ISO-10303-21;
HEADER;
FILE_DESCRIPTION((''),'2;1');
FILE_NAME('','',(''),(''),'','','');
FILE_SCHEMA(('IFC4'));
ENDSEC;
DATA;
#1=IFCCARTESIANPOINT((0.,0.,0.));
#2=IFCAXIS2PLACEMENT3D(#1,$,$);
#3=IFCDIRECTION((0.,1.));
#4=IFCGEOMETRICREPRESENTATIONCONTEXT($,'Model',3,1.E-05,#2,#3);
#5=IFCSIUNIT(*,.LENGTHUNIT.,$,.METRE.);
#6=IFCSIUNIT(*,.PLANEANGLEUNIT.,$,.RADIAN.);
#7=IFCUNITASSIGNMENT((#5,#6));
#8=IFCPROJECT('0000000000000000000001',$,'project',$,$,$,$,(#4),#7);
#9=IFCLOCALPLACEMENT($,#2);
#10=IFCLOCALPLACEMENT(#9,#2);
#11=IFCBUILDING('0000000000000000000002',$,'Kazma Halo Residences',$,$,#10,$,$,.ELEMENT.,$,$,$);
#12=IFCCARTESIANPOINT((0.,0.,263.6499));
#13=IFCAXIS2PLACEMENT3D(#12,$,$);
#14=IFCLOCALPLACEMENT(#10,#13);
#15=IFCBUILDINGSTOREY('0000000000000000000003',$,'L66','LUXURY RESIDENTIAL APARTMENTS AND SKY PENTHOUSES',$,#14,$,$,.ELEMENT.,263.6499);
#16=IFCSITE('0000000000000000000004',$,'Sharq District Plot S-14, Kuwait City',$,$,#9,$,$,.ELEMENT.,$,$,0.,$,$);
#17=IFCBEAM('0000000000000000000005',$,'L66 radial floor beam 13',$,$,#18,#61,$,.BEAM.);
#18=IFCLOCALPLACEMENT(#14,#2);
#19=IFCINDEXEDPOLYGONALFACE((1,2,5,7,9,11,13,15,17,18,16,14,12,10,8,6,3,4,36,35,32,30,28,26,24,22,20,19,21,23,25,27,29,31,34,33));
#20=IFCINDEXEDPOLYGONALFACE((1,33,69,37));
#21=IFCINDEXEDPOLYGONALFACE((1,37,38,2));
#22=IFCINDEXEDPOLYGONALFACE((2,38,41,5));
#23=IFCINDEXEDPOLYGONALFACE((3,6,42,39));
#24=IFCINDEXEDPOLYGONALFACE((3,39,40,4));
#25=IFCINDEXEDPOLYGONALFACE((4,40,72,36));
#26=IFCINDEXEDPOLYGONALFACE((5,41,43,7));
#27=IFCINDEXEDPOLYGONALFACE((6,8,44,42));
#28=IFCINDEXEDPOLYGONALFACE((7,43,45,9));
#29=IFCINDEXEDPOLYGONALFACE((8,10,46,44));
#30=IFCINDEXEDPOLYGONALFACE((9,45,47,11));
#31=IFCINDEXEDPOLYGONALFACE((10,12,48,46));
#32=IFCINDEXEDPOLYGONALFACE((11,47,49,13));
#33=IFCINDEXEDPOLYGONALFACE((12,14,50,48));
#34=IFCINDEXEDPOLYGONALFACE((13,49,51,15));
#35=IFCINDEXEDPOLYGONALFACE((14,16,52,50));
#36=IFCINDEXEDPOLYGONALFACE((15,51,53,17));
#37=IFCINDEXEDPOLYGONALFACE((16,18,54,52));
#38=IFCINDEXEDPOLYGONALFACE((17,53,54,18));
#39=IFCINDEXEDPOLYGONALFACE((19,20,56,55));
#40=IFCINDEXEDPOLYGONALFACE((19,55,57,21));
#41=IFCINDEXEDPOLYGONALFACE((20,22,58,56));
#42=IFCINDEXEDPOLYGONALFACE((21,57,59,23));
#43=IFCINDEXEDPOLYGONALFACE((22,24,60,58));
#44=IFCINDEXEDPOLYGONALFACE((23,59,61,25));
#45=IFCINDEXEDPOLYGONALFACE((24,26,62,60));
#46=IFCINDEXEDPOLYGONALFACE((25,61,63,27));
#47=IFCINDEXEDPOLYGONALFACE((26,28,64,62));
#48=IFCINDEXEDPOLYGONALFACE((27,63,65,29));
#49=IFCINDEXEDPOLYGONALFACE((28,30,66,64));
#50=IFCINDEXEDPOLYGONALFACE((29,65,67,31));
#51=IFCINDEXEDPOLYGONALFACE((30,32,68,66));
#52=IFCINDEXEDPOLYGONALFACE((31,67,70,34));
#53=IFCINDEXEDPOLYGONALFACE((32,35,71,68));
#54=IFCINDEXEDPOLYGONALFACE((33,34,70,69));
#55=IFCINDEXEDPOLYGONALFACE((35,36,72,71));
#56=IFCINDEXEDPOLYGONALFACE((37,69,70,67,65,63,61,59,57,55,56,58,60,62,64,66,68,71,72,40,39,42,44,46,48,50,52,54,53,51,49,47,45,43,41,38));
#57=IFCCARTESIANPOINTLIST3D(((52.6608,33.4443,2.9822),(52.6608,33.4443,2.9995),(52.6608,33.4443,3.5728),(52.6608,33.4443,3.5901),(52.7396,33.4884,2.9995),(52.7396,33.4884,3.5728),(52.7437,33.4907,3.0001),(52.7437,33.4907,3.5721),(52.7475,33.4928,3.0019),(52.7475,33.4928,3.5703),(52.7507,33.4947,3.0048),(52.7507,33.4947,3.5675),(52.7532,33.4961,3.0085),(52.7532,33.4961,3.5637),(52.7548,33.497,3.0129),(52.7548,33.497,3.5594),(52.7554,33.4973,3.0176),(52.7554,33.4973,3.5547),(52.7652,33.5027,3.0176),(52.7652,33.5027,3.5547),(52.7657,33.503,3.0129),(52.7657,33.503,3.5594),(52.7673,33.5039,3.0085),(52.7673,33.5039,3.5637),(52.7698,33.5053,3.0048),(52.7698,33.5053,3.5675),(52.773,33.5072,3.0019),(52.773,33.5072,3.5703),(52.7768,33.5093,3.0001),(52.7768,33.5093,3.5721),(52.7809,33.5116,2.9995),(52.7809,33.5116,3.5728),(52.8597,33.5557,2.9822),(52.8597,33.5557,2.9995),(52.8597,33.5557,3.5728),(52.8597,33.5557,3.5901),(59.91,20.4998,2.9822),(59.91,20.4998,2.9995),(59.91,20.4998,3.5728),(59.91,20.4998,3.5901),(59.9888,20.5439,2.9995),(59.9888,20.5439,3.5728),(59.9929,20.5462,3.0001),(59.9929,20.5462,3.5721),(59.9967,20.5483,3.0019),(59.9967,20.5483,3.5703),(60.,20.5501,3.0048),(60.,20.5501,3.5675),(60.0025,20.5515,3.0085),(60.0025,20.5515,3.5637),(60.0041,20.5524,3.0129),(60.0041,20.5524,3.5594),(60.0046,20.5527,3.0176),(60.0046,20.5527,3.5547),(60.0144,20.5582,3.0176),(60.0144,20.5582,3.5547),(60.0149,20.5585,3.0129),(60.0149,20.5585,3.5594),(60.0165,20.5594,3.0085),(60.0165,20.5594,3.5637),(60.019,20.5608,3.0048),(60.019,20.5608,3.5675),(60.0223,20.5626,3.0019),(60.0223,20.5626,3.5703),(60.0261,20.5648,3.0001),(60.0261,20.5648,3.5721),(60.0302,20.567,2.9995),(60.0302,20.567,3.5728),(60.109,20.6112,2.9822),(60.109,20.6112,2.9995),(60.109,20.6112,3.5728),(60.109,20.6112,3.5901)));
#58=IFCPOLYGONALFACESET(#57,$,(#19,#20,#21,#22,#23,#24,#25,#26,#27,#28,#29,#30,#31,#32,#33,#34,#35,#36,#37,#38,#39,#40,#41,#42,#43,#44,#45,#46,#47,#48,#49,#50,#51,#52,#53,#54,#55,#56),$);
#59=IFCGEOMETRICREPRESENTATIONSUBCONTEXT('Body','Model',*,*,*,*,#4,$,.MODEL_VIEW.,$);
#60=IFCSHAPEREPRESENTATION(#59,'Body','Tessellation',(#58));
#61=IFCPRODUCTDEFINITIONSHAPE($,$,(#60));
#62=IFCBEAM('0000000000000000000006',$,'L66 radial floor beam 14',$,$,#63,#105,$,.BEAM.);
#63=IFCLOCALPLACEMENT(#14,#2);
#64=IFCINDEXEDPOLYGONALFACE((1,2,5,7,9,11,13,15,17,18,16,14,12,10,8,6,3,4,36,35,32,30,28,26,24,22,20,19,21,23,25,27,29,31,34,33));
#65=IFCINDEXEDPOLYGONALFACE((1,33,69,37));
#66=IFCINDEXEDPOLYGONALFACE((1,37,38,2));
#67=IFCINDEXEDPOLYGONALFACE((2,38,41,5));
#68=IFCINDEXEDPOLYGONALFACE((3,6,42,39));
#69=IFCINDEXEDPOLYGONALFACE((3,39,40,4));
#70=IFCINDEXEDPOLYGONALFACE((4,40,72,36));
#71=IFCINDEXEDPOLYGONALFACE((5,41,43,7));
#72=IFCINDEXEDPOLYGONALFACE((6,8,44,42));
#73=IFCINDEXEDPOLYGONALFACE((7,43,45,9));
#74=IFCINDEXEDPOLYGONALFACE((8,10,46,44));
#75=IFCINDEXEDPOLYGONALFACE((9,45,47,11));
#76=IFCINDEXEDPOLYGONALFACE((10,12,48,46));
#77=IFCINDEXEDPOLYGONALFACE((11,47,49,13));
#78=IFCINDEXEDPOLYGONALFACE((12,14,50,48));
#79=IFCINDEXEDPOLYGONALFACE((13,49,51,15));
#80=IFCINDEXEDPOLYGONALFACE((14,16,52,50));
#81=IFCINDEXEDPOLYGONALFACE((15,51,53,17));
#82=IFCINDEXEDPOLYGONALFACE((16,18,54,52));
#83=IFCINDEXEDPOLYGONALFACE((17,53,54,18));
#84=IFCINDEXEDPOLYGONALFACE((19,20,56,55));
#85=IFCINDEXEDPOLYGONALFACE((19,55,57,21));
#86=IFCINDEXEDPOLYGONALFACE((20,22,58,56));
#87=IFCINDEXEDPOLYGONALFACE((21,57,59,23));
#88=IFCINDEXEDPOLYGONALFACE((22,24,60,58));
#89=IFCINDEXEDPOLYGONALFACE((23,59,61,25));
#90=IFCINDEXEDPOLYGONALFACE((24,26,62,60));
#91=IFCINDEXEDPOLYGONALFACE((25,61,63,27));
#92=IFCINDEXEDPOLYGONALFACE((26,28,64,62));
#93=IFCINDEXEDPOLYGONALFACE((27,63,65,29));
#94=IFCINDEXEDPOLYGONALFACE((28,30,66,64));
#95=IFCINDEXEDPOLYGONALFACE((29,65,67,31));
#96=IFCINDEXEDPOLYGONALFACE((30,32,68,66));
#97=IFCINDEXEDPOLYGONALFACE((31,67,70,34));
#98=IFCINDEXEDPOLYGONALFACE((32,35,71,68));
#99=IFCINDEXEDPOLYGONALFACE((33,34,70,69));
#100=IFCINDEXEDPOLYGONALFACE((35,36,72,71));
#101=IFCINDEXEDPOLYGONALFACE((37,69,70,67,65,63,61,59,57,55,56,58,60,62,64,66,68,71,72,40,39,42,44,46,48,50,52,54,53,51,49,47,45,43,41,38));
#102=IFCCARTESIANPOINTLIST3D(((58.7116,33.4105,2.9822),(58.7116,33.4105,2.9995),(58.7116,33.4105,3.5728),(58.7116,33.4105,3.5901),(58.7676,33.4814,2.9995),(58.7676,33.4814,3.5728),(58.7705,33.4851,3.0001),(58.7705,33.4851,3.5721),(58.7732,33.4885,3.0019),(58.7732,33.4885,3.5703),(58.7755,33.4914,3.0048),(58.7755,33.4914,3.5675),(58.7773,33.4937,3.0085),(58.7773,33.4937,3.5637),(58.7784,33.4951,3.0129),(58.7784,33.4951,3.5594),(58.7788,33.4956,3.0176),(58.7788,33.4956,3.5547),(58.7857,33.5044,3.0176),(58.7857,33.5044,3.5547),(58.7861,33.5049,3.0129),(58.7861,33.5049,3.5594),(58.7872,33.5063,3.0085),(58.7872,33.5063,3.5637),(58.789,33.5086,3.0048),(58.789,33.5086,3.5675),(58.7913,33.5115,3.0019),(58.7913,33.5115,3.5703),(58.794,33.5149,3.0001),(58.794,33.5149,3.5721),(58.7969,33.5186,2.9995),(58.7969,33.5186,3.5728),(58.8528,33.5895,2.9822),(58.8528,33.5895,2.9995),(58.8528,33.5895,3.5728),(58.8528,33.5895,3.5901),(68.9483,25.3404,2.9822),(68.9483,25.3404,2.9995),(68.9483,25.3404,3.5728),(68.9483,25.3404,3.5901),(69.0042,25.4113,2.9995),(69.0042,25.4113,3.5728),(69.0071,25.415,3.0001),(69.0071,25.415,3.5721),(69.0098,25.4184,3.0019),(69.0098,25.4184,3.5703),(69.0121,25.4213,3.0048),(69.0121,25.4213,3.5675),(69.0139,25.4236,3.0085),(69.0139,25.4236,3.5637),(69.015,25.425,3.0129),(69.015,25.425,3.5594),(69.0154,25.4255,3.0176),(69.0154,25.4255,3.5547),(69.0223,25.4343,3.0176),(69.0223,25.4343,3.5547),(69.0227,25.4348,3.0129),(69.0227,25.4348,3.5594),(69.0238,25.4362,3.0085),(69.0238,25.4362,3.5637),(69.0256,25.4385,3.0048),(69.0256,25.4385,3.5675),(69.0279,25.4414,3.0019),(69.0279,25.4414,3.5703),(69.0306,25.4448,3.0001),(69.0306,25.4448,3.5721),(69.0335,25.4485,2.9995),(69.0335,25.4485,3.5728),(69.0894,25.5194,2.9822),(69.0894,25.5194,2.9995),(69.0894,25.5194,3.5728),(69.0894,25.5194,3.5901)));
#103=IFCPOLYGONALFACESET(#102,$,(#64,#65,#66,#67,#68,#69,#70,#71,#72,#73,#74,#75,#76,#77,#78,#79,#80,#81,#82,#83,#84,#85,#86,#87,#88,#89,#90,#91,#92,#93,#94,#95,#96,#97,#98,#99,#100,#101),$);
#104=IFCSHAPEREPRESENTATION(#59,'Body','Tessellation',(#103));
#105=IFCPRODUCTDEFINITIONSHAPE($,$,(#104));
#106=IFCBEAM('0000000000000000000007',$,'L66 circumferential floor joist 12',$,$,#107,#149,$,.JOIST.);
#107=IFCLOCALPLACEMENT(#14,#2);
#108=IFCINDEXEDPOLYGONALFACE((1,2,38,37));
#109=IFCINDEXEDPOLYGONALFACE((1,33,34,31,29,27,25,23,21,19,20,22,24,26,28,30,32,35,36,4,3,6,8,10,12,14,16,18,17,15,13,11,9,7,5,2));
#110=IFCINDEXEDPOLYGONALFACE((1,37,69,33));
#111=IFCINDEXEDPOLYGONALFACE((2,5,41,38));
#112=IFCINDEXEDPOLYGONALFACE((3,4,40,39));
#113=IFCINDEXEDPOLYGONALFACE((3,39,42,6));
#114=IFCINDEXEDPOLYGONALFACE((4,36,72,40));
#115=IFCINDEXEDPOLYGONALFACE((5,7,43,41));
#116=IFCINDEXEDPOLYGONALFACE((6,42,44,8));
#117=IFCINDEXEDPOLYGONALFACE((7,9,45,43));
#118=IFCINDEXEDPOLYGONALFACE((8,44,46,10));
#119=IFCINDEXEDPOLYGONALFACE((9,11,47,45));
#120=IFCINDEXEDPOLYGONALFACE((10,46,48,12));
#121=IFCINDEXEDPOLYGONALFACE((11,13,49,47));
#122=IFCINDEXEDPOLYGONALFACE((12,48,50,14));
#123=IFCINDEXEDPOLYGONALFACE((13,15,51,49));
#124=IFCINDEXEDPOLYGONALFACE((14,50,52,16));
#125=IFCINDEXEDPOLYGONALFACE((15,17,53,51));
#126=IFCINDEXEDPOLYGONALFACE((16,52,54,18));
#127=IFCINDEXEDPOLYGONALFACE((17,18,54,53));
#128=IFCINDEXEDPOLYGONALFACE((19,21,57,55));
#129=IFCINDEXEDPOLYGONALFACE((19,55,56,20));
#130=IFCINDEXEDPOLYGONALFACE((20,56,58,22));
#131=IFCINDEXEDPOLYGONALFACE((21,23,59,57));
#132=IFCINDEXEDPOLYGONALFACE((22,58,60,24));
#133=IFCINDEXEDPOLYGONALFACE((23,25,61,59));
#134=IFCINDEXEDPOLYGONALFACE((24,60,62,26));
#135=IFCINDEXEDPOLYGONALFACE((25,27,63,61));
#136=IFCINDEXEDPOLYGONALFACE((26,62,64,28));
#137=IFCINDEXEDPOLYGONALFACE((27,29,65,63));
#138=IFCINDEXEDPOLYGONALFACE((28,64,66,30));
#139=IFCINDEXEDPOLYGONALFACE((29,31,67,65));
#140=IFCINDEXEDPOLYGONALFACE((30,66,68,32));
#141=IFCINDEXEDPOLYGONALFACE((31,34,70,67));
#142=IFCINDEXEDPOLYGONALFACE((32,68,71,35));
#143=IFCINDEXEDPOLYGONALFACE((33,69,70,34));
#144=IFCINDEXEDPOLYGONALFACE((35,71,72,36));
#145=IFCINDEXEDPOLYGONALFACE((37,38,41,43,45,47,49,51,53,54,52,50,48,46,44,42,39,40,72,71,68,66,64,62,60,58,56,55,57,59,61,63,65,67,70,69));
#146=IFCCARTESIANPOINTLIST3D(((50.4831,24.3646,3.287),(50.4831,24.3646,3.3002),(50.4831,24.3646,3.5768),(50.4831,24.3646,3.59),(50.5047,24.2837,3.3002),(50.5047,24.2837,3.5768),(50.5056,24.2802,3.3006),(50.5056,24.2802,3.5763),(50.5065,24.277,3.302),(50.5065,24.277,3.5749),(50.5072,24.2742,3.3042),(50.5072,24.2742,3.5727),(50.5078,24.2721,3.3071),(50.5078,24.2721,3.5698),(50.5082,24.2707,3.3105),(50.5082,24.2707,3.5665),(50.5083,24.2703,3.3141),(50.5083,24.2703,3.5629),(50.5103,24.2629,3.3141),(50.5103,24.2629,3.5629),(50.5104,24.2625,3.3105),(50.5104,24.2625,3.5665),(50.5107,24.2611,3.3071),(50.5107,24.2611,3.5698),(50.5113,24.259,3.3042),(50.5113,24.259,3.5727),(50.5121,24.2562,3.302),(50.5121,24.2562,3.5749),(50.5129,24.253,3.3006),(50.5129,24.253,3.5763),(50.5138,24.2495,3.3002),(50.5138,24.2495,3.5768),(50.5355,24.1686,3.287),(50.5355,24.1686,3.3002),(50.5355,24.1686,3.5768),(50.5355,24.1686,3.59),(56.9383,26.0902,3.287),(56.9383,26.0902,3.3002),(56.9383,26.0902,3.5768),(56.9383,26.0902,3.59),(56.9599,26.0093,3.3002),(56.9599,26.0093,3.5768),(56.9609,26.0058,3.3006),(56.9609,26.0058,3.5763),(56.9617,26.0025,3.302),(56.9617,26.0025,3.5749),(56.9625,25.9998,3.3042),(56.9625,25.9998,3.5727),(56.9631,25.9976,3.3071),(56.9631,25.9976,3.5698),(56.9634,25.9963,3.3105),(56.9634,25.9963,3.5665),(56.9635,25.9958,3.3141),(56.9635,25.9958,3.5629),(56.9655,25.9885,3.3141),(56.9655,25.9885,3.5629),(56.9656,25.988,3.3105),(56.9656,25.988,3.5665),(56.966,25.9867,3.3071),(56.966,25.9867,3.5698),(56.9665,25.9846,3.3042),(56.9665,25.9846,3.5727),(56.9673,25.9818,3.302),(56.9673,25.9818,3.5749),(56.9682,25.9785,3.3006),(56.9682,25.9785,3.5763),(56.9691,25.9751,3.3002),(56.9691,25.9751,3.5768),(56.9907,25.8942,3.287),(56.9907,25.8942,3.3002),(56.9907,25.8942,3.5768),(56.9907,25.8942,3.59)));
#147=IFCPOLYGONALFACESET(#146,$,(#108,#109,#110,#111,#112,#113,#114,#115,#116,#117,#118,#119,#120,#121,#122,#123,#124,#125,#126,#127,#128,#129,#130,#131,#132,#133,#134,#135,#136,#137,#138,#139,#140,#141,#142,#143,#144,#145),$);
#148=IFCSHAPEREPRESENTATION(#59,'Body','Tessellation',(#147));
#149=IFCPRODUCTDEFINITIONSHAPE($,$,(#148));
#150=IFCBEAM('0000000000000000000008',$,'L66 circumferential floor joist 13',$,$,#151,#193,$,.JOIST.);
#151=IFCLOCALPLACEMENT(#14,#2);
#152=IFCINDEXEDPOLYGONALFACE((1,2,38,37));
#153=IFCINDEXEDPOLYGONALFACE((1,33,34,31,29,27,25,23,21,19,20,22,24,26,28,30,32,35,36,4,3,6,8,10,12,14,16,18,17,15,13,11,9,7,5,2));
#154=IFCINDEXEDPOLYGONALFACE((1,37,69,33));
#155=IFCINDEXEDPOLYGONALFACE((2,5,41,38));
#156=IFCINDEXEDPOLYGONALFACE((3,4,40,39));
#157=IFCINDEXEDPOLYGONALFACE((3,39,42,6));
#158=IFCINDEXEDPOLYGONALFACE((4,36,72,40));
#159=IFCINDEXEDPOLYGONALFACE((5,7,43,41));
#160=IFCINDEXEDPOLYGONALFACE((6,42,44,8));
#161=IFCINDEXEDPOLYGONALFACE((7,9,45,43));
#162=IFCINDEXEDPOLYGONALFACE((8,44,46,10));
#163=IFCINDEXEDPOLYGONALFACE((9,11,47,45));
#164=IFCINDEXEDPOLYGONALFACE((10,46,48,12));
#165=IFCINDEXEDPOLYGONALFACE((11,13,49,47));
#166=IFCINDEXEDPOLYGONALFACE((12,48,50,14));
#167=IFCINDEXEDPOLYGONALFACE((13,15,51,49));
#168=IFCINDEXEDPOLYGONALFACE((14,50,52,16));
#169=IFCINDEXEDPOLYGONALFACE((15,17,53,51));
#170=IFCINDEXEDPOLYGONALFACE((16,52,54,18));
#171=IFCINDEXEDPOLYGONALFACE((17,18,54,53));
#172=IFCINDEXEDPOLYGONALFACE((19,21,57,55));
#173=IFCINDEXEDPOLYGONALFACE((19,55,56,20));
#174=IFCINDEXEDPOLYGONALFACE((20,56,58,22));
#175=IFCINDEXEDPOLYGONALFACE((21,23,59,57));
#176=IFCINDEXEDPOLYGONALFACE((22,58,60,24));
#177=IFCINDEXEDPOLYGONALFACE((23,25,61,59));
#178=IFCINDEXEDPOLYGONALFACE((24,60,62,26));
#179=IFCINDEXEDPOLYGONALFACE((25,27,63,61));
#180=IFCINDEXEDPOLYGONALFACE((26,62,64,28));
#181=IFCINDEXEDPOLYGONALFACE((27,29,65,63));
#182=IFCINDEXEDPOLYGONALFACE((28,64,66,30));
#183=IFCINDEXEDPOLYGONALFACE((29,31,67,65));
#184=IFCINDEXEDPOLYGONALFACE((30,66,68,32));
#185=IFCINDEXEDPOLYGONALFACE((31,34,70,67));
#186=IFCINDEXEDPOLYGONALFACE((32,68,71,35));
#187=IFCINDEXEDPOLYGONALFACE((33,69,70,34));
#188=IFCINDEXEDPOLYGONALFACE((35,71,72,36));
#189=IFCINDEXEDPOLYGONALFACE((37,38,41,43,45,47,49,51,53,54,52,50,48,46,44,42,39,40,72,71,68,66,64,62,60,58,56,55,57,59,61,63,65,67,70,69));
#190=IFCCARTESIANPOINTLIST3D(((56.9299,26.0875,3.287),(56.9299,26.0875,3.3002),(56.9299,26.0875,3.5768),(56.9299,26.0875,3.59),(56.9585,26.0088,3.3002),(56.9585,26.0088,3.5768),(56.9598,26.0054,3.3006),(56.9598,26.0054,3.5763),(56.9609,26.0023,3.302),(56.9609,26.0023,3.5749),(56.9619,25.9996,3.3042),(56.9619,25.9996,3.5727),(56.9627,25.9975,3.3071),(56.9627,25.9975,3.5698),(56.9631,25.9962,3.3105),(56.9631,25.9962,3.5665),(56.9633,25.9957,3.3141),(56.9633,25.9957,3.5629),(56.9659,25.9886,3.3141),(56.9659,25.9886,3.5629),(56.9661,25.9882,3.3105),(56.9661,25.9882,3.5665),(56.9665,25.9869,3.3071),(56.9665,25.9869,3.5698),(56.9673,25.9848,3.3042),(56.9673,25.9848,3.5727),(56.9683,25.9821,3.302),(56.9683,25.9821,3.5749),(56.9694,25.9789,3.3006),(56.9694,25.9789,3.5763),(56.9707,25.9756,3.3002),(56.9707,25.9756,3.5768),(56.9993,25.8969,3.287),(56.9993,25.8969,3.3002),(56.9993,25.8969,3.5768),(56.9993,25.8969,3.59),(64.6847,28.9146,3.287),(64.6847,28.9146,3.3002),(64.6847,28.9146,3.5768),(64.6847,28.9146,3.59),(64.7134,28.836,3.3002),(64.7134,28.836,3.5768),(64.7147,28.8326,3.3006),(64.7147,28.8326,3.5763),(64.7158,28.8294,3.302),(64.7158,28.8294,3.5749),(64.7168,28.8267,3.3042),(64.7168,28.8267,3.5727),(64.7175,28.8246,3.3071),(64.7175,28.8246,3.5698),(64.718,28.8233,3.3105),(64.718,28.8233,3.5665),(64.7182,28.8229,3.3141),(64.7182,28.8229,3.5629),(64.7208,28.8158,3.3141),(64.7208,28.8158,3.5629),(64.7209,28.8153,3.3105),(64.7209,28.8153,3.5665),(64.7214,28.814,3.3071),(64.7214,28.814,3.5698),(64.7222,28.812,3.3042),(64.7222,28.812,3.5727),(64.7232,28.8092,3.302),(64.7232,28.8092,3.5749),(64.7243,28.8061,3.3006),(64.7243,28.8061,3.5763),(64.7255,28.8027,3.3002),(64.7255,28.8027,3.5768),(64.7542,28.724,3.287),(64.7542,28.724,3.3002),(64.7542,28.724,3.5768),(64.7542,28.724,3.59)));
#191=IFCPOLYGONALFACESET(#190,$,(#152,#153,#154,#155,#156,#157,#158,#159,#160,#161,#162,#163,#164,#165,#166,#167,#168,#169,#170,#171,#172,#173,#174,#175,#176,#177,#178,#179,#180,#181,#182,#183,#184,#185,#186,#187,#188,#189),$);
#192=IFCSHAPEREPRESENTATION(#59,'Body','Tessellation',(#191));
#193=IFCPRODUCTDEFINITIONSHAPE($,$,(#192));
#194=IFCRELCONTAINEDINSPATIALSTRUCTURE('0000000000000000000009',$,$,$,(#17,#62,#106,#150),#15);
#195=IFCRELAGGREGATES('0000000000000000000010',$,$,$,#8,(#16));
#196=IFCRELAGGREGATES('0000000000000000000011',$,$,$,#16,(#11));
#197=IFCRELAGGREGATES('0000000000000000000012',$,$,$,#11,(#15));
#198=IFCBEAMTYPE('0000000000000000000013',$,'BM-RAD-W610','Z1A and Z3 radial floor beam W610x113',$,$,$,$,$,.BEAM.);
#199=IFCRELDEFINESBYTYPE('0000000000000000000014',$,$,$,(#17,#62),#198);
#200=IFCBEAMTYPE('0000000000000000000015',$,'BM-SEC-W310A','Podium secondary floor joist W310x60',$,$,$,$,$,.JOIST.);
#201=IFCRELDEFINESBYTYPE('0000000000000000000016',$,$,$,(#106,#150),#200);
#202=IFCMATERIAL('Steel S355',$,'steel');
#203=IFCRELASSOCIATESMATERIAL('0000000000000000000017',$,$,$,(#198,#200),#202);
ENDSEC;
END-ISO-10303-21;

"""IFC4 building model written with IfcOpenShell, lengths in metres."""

from ifc_helpers import new_model, si_unit, direction, frame, origin, origin_2d, place, context, subcontext, project, spatial, i_section, extrude, material, material_profile, profile_set, type_object, element, save


model = new_model("IFC4")

# Units and contexts
model_context = context("Model", 3, precision=1e-05, world=origin(), true_north=direction((0.0, 1.0)))
body_context = subcontext(model_context, "Body", "Model", "MODEL_VIEW")
ifc_project = project(units=[si_unit("LENGTHUNIT", "METRE"), si_unit("PLANEANGLEUNIT", "RADIAN")], contexts=[model_context])

# Site, building, storey
site_placement = place(None, origin())
site = spatial("IfcSite", under=ifc_project, at=site_placement, Name="Sharq District Plot S-14, Kuwait City", CompositionType="ELEMENT", RefElevation=0.0)
building_placement = place(site_placement, origin())
building = spatial("IfcBuilding", under=site, at=building_placement, Name="Kazma Halo Residences", CompositionType="ELEMENT")
storey_placement = place(building_placement, frame((0.0, 0.0, 263.6499)))
storey = spatial("IfcBuildingStorey", under=building, at=storey_placement, Name="L66", Description="LUXURY RESIDENTIAL APARTMENTS AND SKY PENTHOUSES", CompositionType="ELEMENT", Elevation=263.6499)

# Beams
ifc_material_1 = material(Name="Steel S355", Category="steel")
ifc_material_profile_1 = material_profile(ifc_material_1, i_section(OverallWidth=0.228, OverallDepth=0.6079, WebThickness=0.0112, FlangeThickness=0.0173, FilletRadius=0.0181, at=origin_2d()), Name="W610x113")
ifc_profile_set_1 = profile_set([ifc_material_profile_1], Name="Steel S355")
beam_type_1 = type_object("IfcBeamType", Name="BM-RAD-W610", Description="Z1A and Z3 radial floor beam W610x113", PredefinedType="BEAM", material=ifc_profile_set_1)
beam_1_placement = place(storey_placement, frame((52.7603, 33.5, 3.2861), z_axis=(0.488619, -0.872497, 0.0), x_axis=(0.872497, 0.488619, 0.0)))
element("IfcBeam", 1, at=beam_1_placement, inside=storey, type_object=beam_type_1, Name="L66 radial floor beam 13", PredefinedType="BEAM", context=body_context, shape_type="SweptSolid", body=[
    extrude(i_section(OverallWidth=0.228, OverallDepth=0.6079, WebThickness=0.0112, FlangeThickness=0.0173, FilletRadius=0.0181, at=origin_2d()), origin(), (0.0, 0.0, 1.0), 14.8362),
])
beam_2_placement = place(storey_placement, frame((58.7822, 33.5, 3.2861), z_axis=(0.785309, -0.619104, 0.0), x_axis=(0.619104, 0.785309, 0.0)))
element("IfcBeam", 2, at=beam_2_placement, inside=storey, type_object=beam_type_1, Name="L66 radial floor beam 14", PredefinedType="BEAM", context=body_context, shape_type="SweptSolid", body=[
    extrude(i_section(OverallWidth=0.228, OverallDepth=0.6079, WebThickness=0.0112, FlangeThickness=0.0173, FilletRadius=0.0181, at=origin_2d()), origin(), (0.0, 0.0, 1.0), 13.0352),
])
ifc_material_profile_2 = material_profile(ifc_material_1, i_section(OverallWidth=0.2029, OverallDepth=0.303, WebThickness=0.0076, FlangeThickness=0.0132, FilletRadius=0.0139, at=origin_2d()), Name="W310x60")
ifc_profile_set_2 = profile_set([ifc_material_profile_2], Name="Steel S355")
beam_type_2 = type_object("IfcBeamType", Name="BM-SEC-W310A", Description="Podium secondary floor joist W310x60", PredefinedType="JOIST", material=ifc_profile_set_2)
beam_3_placement = place(storey_placement, frame((50.5093, 24.2666, 3.4385), z_axis=(0.96608, 0.258245, 0.0), x_axis=(-0.258245, 0.96608, 0.0)))
element("IfcBeam", 3, at=beam_3_placement, inside=storey, type_object=beam_type_2, Name="L66 circumferential floor joist 12", PredefinedType="JOIST", context=body_context, shape_type="SweptSolid", body=[
    extrude(i_section(OverallWidth=0.2029, OverallDepth=0.303, WebThickness=0.0076, FlangeThickness=0.0132, FilletRadius=0.0139, at=origin_2d()), origin(), (0.0, 0.0, 1.0), 6.6819),
])
beam_4_placement = place(storey_placement, frame((56.9646, 25.9922, 3.4385), z_axis=(0.939513, 0.342512, 0.0), x_axis=(-0.342512, 0.939513, 0.0)))
element("IfcBeam", 4, at=beam_4_placement, inside=storey, type_object=beam_type_2, Name="L66 circumferential floor joist 13", PredefinedType="JOIST", context=body_context, shape_type="SweptSolid", body=[
    extrude(i_section(OverallWidth=0.2029, OverallDepth=0.303, WebThickness=0.0076, FlangeThickness=0.0132, FilletRadius=0.0139, at=origin_2d()), origin(), (0.0, 0.0, 1.0), 8.2542),
])

save(model, "model.ifc")
